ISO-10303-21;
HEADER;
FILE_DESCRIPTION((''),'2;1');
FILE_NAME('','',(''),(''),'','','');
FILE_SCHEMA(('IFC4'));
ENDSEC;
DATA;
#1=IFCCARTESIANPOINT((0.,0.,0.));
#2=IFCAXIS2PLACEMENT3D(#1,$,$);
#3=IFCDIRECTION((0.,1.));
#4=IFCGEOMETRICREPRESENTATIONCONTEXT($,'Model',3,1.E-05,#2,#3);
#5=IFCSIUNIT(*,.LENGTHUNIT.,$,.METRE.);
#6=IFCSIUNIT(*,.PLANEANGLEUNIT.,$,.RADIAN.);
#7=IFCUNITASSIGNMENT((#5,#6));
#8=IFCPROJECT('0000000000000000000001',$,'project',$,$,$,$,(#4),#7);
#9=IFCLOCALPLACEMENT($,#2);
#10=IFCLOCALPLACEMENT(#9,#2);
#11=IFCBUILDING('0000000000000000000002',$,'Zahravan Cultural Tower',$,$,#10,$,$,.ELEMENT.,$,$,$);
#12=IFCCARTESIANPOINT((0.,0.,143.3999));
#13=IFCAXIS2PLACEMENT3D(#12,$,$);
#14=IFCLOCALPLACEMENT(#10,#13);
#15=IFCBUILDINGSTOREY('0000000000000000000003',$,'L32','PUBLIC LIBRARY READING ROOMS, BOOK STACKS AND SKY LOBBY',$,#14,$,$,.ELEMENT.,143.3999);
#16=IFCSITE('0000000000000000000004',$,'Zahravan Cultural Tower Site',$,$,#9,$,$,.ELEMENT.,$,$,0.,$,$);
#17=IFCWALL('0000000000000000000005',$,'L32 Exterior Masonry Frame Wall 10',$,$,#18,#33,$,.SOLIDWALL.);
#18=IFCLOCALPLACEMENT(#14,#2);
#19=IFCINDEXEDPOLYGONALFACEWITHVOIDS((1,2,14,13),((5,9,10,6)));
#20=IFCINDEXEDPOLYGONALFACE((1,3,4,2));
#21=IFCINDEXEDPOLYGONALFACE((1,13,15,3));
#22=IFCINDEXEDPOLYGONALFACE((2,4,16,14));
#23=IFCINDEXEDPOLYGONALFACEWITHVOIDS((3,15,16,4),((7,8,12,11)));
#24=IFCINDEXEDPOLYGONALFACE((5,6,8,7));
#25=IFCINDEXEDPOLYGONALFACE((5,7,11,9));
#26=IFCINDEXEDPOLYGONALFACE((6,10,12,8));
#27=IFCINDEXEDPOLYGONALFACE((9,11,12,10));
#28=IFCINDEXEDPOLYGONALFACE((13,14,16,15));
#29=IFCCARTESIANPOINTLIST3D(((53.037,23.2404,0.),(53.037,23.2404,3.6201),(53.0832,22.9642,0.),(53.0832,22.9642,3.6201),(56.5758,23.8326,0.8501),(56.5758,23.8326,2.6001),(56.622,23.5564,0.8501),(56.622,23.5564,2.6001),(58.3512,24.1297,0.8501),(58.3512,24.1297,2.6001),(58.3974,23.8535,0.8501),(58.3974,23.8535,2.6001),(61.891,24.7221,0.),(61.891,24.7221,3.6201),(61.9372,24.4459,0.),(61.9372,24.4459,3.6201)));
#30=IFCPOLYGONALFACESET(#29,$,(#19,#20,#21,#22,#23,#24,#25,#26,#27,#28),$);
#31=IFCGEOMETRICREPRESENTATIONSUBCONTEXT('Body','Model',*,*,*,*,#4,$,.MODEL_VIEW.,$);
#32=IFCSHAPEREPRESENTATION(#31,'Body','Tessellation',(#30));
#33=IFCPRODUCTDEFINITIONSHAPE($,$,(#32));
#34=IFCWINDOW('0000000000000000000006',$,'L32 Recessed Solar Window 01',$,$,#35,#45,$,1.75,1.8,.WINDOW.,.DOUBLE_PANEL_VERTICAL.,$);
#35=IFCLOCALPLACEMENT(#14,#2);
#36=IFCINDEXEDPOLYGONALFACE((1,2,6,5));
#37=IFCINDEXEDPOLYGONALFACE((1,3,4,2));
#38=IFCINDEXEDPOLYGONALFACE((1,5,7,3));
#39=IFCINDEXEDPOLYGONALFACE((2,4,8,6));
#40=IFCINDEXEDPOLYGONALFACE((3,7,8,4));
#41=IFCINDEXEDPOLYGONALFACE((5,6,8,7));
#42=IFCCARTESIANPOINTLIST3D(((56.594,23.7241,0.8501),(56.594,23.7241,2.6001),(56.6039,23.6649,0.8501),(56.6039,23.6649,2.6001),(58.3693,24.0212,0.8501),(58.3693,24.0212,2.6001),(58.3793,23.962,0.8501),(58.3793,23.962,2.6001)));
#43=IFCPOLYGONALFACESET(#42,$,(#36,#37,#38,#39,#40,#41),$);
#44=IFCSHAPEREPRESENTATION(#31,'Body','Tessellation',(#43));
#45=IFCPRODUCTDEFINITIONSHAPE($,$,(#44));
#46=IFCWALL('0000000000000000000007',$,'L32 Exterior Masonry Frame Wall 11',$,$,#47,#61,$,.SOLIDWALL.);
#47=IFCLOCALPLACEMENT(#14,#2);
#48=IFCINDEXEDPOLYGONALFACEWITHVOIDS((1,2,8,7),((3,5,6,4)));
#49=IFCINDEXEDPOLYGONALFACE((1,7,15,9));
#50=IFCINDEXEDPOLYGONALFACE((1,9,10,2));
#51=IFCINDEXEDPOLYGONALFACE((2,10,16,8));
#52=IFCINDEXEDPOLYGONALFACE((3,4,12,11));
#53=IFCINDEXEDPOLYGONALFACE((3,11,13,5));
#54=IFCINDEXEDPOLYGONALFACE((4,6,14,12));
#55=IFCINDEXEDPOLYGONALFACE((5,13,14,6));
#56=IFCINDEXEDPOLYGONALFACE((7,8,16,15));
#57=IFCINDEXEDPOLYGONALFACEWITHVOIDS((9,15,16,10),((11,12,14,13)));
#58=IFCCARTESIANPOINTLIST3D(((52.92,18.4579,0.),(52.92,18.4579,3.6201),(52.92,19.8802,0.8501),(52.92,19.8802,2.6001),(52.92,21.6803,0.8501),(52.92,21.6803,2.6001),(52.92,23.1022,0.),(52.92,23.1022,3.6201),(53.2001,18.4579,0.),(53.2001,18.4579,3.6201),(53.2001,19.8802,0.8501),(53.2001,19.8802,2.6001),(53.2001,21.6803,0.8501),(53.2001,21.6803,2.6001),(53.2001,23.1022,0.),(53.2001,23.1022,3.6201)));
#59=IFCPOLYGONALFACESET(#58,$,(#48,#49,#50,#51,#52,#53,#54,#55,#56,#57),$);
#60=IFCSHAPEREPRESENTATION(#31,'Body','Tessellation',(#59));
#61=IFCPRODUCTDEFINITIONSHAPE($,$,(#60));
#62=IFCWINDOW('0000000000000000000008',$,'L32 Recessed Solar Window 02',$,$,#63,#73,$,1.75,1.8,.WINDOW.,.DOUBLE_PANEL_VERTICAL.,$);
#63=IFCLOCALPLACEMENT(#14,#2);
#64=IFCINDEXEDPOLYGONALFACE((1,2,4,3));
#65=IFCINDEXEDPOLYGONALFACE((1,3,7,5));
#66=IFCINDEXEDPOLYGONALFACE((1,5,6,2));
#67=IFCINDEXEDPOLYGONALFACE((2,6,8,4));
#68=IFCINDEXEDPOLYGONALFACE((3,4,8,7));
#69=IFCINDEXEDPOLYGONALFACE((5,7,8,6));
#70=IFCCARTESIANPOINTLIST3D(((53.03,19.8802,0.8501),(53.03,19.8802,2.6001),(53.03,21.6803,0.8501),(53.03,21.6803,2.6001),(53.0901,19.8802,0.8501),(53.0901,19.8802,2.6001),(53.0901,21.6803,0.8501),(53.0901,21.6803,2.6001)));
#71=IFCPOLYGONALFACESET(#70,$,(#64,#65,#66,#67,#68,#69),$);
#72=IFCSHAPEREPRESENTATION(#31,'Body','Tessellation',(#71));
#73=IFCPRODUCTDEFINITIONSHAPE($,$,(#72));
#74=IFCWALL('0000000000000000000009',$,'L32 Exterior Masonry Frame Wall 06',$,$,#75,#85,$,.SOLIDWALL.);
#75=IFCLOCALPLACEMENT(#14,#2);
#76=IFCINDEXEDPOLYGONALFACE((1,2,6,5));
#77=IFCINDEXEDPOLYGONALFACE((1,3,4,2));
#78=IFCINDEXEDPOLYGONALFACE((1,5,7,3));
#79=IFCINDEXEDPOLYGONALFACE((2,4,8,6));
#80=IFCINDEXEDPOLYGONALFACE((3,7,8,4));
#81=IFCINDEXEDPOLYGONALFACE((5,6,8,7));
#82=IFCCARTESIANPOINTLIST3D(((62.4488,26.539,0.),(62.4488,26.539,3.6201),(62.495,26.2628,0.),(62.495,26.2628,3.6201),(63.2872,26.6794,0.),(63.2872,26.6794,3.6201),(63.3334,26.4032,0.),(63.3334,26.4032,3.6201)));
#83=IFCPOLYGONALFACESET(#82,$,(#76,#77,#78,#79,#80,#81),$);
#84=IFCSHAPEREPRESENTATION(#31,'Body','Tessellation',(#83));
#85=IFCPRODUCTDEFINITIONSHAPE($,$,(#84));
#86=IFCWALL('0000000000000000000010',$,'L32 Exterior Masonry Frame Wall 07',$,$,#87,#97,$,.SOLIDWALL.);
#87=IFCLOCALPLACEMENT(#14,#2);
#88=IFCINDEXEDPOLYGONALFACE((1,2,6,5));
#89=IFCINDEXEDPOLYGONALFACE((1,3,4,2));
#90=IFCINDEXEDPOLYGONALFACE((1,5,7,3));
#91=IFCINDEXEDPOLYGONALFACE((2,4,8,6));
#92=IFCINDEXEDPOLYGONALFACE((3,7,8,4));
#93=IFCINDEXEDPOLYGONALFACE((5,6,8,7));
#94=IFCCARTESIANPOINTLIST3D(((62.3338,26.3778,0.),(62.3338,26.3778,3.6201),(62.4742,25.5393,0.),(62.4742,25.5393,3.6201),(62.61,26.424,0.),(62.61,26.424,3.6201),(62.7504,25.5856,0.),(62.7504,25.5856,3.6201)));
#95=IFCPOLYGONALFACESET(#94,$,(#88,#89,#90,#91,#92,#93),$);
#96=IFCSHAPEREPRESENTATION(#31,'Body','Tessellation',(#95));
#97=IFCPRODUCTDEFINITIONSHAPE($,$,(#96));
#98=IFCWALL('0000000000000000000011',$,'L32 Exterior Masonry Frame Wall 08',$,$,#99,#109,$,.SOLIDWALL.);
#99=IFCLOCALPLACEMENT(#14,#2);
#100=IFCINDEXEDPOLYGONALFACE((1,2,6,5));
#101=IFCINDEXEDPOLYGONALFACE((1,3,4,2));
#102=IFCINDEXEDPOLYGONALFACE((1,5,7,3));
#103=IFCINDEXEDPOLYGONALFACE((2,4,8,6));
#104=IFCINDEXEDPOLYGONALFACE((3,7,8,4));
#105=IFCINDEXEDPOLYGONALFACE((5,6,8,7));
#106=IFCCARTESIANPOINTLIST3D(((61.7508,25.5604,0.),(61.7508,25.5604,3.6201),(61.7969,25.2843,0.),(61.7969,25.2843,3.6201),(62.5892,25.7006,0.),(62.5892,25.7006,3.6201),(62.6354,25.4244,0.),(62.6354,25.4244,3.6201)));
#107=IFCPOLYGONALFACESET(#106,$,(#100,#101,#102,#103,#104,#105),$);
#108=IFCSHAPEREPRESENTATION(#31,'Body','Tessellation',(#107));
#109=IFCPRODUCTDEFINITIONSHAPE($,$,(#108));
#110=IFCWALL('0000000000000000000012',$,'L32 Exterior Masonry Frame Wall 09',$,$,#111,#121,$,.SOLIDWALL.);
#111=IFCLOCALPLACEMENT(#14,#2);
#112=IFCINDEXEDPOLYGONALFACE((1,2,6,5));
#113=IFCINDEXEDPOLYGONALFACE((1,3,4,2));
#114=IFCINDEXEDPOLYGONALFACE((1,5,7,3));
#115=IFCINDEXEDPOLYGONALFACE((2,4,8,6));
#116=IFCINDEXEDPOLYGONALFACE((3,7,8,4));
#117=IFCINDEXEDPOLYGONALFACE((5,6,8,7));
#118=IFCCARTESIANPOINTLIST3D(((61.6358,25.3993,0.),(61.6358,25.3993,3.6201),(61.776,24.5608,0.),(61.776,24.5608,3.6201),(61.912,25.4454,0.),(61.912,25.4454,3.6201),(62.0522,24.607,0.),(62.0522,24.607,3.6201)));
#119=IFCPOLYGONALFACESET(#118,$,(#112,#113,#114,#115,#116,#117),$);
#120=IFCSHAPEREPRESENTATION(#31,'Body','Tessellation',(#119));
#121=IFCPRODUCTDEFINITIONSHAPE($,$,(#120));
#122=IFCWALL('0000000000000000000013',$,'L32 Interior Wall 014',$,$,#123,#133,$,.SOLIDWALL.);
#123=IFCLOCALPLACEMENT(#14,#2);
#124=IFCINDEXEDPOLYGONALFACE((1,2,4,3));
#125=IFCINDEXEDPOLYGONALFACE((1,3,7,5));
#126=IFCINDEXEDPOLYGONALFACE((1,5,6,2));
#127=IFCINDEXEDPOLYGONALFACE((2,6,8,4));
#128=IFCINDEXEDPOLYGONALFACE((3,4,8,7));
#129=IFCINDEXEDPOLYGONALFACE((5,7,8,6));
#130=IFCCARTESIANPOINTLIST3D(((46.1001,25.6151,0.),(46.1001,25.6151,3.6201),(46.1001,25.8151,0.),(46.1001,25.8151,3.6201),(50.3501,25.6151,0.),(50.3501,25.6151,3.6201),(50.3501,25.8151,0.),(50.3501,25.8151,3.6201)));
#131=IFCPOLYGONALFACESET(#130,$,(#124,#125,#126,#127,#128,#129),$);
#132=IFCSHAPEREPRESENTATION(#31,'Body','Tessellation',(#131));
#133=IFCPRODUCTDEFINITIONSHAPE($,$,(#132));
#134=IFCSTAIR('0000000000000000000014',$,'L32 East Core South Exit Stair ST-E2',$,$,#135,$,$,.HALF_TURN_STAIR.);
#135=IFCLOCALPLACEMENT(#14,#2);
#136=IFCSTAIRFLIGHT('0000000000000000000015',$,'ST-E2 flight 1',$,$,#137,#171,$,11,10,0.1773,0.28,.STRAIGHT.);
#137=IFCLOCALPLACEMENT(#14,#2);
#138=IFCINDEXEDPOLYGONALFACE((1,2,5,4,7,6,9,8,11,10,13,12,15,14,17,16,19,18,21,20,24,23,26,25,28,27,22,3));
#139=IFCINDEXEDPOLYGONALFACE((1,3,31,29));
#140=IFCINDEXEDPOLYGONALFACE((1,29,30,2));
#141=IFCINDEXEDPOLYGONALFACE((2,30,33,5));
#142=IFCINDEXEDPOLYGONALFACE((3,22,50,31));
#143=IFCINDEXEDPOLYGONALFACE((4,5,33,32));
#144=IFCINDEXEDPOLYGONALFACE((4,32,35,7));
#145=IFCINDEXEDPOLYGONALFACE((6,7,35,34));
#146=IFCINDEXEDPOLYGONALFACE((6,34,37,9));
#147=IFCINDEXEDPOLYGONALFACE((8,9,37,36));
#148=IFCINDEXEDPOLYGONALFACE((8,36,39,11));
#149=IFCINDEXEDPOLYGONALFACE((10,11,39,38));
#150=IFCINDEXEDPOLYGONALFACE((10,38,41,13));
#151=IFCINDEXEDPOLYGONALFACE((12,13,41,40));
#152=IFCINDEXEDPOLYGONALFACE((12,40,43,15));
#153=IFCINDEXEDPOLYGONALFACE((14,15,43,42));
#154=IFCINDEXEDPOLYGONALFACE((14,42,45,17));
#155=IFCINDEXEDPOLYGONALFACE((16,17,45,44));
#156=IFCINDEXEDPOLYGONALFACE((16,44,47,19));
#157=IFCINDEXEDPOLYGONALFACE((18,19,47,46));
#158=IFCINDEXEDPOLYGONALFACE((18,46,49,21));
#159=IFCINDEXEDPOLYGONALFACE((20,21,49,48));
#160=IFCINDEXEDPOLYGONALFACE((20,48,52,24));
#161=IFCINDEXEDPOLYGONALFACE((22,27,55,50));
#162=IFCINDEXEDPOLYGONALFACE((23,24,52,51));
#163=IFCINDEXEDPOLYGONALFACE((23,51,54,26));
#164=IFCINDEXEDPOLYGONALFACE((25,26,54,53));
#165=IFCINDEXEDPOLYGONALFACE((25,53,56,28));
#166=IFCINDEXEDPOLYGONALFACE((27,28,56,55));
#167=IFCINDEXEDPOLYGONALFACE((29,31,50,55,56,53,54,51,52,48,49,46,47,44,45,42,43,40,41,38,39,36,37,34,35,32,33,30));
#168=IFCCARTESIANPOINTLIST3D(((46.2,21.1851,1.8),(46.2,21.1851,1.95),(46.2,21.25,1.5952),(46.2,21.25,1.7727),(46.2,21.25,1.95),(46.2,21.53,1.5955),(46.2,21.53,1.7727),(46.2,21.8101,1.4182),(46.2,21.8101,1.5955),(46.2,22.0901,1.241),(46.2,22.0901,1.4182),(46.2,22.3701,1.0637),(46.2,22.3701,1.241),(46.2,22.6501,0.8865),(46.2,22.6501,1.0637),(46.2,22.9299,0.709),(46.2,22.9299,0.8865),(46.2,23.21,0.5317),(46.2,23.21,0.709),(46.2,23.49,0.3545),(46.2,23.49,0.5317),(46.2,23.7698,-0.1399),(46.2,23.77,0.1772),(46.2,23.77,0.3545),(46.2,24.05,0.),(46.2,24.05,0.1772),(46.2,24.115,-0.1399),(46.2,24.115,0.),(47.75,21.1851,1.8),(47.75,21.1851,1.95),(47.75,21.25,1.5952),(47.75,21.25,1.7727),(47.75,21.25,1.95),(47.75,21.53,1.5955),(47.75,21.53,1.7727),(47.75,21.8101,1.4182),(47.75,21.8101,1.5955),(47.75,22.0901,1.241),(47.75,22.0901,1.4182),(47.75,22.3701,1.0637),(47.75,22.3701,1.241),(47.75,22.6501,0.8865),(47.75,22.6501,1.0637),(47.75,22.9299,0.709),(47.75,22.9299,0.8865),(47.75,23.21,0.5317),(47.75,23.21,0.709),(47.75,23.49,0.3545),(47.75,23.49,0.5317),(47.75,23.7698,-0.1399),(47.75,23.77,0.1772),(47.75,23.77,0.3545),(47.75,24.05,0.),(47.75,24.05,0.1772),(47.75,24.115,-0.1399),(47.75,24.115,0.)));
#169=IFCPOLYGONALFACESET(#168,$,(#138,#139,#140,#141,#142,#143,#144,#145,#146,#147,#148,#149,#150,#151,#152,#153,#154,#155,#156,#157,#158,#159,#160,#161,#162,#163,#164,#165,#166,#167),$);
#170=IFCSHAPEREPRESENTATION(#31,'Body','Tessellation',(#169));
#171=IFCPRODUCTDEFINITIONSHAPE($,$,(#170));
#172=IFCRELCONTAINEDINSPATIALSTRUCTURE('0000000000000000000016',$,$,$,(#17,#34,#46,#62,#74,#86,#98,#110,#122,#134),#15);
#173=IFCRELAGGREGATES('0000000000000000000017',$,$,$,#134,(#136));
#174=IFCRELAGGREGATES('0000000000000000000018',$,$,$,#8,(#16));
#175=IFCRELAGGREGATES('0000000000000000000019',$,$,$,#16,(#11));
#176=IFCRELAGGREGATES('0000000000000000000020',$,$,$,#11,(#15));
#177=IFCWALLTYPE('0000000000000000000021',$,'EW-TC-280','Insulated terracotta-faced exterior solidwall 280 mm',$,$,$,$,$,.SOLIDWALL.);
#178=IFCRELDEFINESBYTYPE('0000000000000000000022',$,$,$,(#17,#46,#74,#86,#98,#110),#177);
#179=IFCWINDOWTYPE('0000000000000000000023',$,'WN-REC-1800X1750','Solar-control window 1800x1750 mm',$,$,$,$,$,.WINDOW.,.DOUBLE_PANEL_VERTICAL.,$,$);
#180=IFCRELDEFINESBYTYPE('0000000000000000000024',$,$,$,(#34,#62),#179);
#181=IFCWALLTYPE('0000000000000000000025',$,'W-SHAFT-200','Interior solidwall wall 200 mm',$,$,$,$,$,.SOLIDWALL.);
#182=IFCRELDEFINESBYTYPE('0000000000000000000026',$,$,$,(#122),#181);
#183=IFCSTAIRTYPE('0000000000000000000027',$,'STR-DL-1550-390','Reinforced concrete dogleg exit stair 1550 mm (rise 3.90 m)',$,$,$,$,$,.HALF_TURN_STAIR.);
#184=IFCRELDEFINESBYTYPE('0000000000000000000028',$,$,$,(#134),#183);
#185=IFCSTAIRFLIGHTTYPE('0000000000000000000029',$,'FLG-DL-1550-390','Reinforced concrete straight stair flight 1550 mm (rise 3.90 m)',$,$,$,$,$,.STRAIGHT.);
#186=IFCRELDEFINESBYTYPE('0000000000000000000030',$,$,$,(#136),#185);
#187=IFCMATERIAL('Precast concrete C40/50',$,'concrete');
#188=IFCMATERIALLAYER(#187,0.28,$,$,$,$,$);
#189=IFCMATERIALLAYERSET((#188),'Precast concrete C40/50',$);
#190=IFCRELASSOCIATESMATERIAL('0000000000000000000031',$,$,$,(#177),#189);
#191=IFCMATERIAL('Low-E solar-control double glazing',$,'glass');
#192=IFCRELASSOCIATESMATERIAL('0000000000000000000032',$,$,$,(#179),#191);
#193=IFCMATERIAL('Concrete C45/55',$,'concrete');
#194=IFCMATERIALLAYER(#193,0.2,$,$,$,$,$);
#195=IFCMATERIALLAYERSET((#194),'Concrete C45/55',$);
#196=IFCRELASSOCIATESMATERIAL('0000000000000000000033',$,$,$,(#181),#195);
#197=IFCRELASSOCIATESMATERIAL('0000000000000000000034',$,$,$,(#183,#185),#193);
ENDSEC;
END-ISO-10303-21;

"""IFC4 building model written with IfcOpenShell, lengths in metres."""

from ifc_helpers import new_model, si_unit, direction, frame, frame_2d, origin, place, context, subcontext, project, spatial, polyline, rectangle, outline, extrude, source, transform, mapped, material, layer, layer_set, type_object, element, fill, aggregate, save


model = new_model("IFC4")

# Units and contexts
model_context = context("Model", 3, precision=1e-05, world=origin(), true_north=direction((0.0, 1.0)))
body_context = subcontext(model_context, "Body", "Model", "MODEL_VIEW")
ifc_project = project(units=[si_unit("LENGTHUNIT", "METRE"), si_unit("PLANEANGLEUNIT", "RADIAN")], contexts=[model_context])

# Site, building, storey
site_placement = place(None, origin())
site = spatial("IfcSite", under=ifc_project, at=site_placement, Name="Zahravan Cultural Tower Site", CompositionType="ELEMENT", RefElevation=0.0)
building_placement = place(site_placement, origin())
building = spatial("IfcBuilding", under=site, at=building_placement, Name="Zahravan Cultural Tower", CompositionType="ELEMENT")
storey_placement = place(building_placement, frame((0.0, 0.0, 143.3999)))
storey = spatial("IfcBuildingStorey", under=building, at=storey_placement, Name="L32", Description="PUBLIC LIBRARY READING ROOMS, BOOK STACKS AND SKY LOBBY", CompositionType="ELEMENT", Elevation=143.3999)

# Walls, openings, windows
ifc_material_1 = material(Name="Precast concrete C40/50", Category="concrete")
ifc_layer_1 = layer(ifc_material_1, 0.28)
ifc_layer_set_1 = layer_set([ifc_layer_1], Name="Precast concrete C40/50")
wall_type_1 = type_object("IfcWallType", Name="EW-TC-280", Description="Insulated terracotta-faced exterior solidwall 280 mm", PredefinedType="SOLIDWALL", material=ifc_layer_set_1)
wall_1_placement = place(storey_placement, frame((61.9141, 24.584, 0.0), z_axis=(0.0, 0.0, 1.0), x_axis=(-0.986285, -0.165052, 0.0)))
wall_1 = element("IfcWall", 1, at=wall_1_placement, inside=storey, type_object=wall_type_1, Name="L32 Exterior Masonry Frame Wall 10", PredefinedType="SOLIDWALL", context=body_context, shape_type="SweptSolid", body=[
    extrude(rectangle(XDim=8.9771, YDim=0.28, at=frame_2d((4.4885, 0.0))), origin(), (0.0, 0.0, 1.0), 3.6201),
])
opening_1_placement = place(wall_1_placement, frame((3.5891, 0.0, 0.8501)))
opening_1 = element("IfcOpeningElement", 2, at=opening_1_placement, cuts=wall_1, PredefinedType="OPENING", context=body_context, shape_type="SweptSolid", body=[
    extrude(rectangle(XDim=1.8, YDim=1.75, at=frame_2d((0.8999, 0.875))), frame((0.0, 0.1499, 0.0), z_axis=(0.0, -1.0, 0.0), x_axis=(1.0, 0.0, 0.0)), (0.0, 0.0, 1.0), 0.3),
])
ifc_material_2 = material(Name="Low-E solar-control double glazing", Category="glass")
window_type = type_object("IfcWindowType", Name="WN-REC-1800X1750", Description="Solar-control window 1800x1750 mm", PartitioningType="DOUBLE_PANEL_VERTICAL", PredefinedType="WINDOW", material=ifc_material_2)
shared_shape_1 = source(origin(), body_context, "Body", "SweptSolid", [
    extrude(rectangle(XDim=1.8, YDim=1.75, at=frame_2d((0.8999, 0.875))), frame((0.0, 0.03, 0.0), z_axis=(0.0, -1.0, 0.0), x_axis=(1.0, 0.0, 0.0)), (0.0, 0.0, 1.0), 0.0601),
])
window_1_placement = place(opening_1_placement, origin())
window_1 = element("IfcWindow", 3, at=window_1_placement, inside=storey, type_object=window_type, Name="L32 Recessed Solar Window 01", OverallHeight=1.75, OverallWidth=1.8, PartitioningType="DOUBLE_PANEL_VERTICAL", PredefinedType="WINDOW", context=body_context, shape_type="MappedRepresentation", body=[
    mapped(shared_shape_1, transform((0.0, 0.0, 0.0), x_axis=(1.0, 0.0, 0.0), y_axis=(0.0, 1.0, 0.0), z_axis=(0.0, 0.0, 1.0), scale=1.0)),
])
fill(opening_1, window_1)
wall_2_placement = place(storey_placement, frame((53.0601, 23.1023, 0.0), z_axis=(0.0, 0.0, 1.0), x_axis=(0.0, -1.0, 0.0)))
wall_2 = element("IfcWall", 4, at=wall_2_placement, inside=storey, type_object=wall_type_1, Name="L32 Exterior Masonry Frame Wall 11", PredefinedType="SOLIDWALL", context=body_context, shape_type="SweptSolid", body=[
    extrude(rectangle(XDim=4.6443, YDim=0.28, at=frame_2d((2.3223, 0.0))), origin(), (0.0, 0.0, 1.0), 3.6201),
])
opening_2_placement = place(wall_2_placement, frame((1.4221, 0.0, 0.8501)))
opening_2 = element("IfcOpeningElement", 5, at=opening_2_placement, cuts=wall_2, PredefinedType="OPENING", context=body_context, shape_type="SweptSolid", body=[
    extrude(rectangle(XDim=1.8, YDim=1.75, at=frame_2d((0.8999, 0.875))), frame((0.0, 0.1499, 0.0), z_axis=(0.0, -1.0, 0.0), x_axis=(1.0, 0.0, 0.0)), (0.0, 0.0, 1.0), 0.3),
])
window_2_placement = place(opening_2_placement, origin())
window_2 = element("IfcWindow", 6, at=window_2_placement, inside=storey, type_object=window_type, Name="L32 Recessed Solar Window 02", OverallHeight=1.75, OverallWidth=1.8, PartitioningType="DOUBLE_PANEL_VERTICAL", PredefinedType="WINDOW", context=body_context, shape_type="MappedRepresentation", body=[
    mapped(shared_shape_1, transform((0.0, 0.0, 0.0), x_axis=(1.0, 0.0, 0.0), y_axis=(0.0, 1.0, 0.0), z_axis=(0.0, 0.0, 1.0), scale=1.0)),
])
fill(opening_2, window_2)

# Walls
shared_shape_2 = source(origin(), body_context, "Body", "SweptSolid", [
    extrude(rectangle(XDim=0.8501, YDim=0.28, at=frame_2d((0.425, 0.0))), origin(), (0.0, 0.0, 1.0), 3.6201),
])
for number, where, z_axis, x_axis, name in (
    (7, (63.3103, 26.5413, 0.0), (0.0, 0.0, 1.0), (-0.986269, -0.165144, 0.0), "L32 Exterior Masonry Frame Wall 06"),
    (8, (62.4719, 26.4009, 0.0), (0.0, 0.0, 1.0), (0.165144, -0.986269, 0.0), "L32 Exterior Masonry Frame Wall 07"),
    (9, (62.6123, 25.5625, 0.0), (0.0, 0.0, 1.0), (-0.986316, -0.164865, 0.0), "L32 Exterior Masonry Frame Wall 08"),
    (10, (61.7739, 25.4224, 0.0), (0.0, 0.0, 1.0), (0.164865, -0.986316, 0.0), "L32 Exterior Masonry Frame Wall 09"),
):
    element("IfcWall", number, at=place(storey_placement, frame(where, z_axis=z_axis, x_axis=x_axis)), inside=storey, type_object=wall_type_1, Name=name, PredefinedType="SOLIDWALL", context=body_context, shape_type="MappedRepresentation", body=[
        mapped(shared_shape_2, transform((0.0, 0.0, 0.0), x_axis=(1.0, 0.0, 0.0), y_axis=(0.0, 1.0, 0.0), z_axis=(0.0, 0.0, 1.0), scale=1.0)),
    ])
ifc_material_3 = material(Name="Concrete C45/55", Category="concrete")
ifc_layer_2 = layer(ifc_material_3, 0.2)
ifc_layer_set_2 = layer_set([ifc_layer_2], Name="Concrete C45/55")
wall_type_2 = type_object("IfcWallType", Name="W-SHAFT-200", Description="Interior solidwall wall 200 mm", PredefinedType="SOLIDWALL", material=ifc_layer_set_2)
shared_shape_3 = source(origin(), body_context, "Body", "SweptSolid", [
    extrude(rectangle(XDim=4.25, YDim=0.2, at=frame_2d((2.125, 0.0))), origin(), (0.0, 0.0, 1.0), 3.6201),
])
wall_3_placement = place(storey_placement, frame((46.1001, 25.7151, 0.0), z_axis=(0.0, 0.0, 1.0), x_axis=(1.0, 0.0, 0.0)))
element("IfcWall", 11, at=wall_3_placement, inside=storey, type_object=wall_type_2, Name="L32 Interior Wall 014", PredefinedType="SOLIDWALL", context=body_context, shape_type="MappedRepresentation", body=[
    mapped(shared_shape_3, transform((0.0, 0.0, 0.0), x_axis=(1.0, 0.0, 0.0), y_axis=(0.0, 1.0, 0.0), z_axis=(0.0, 0.0, 1.0), scale=1.0)),
])

# Stair, stair flight
stair_type = type_object("IfcStairType", Name="STR-DL-1550-390", Description="Reinforced concrete dogleg exit stair 1550 mm (rise 3.90 m)", PredefinedType="HALF_TURN_STAIR", material=ifc_material_3)
stair_placement = place(storey_placement, origin())
stair = element("IfcStair", 12, at=stair_placement, inside=storey, type_object=stair_type, Name="L32 East Core South Exit Stair ST-E2", PredefinedType="HALF_TURN_STAIR")
stair_flight_type = type_object("IfcStairFlightType", Name="FLG-DL-1550-390", Description="Reinforced concrete straight stair flight 1550 mm (rise 3.90 m)", PredefinedType="STRAIGHT", material=ifc_material_3)
stair_flight_1_placement = place(storey_placement, frame((46.9751, 24.05, 0.0), z_axis=(0.0, 0.0, 1.0), x_axis=(0.0, -1.0, 0.0)))
stair_flight_1 = element("IfcStairFlight", 13, at=stair_flight_1_placement, type_object=stair_flight_type, Name="ST-E2 flight 1", NumberOfRisers=11, NumberOfTreads=10, PredefinedType="STRAIGHT", RiserHeight=0.1773, TreadLength=0.28, context=body_context, shape_type="SweptSolid", body=[
    extrude(outline(polyline([(-0.0649, -0.1399), (-0.0649, 0.0), (0.0, 0.0), (0.0, 0.1772), (0.28, 0.1772), (0.28, 0.3545), (0.5601, 0.3545), (0.5601, 0.5317), (0.8401, 0.5317), (0.8401, 0.709), (1.1201, 0.709), (1.1201, 0.8865), (1.3999, 0.8865), (1.3999, 1.0637), (1.6799, 1.0637), (1.6799, 1.241), (1.96, 1.241), (1.96, 1.4182), (2.24, 1.4182), (2.24, 1.5955), (2.52, 1.5955), (2.52, 1.7727), (2.8, 1.7727), (2.8, 1.95), (2.865, 1.95), (2.865, 1.8), (2.8, 1.5952), (0.2803, -0.1399), (-0.0649, -0.1399)])), frame((0.0, 0.7749, 0.0), z_axis=(0.0, -1.0, 0.0), x_axis=(1.0, 0.0, 0.0)), (0.0, 0.0, 1.0), 1.55),
])
aggregate(stair, [stair_flight_1])

save(model, "model.ifc")
